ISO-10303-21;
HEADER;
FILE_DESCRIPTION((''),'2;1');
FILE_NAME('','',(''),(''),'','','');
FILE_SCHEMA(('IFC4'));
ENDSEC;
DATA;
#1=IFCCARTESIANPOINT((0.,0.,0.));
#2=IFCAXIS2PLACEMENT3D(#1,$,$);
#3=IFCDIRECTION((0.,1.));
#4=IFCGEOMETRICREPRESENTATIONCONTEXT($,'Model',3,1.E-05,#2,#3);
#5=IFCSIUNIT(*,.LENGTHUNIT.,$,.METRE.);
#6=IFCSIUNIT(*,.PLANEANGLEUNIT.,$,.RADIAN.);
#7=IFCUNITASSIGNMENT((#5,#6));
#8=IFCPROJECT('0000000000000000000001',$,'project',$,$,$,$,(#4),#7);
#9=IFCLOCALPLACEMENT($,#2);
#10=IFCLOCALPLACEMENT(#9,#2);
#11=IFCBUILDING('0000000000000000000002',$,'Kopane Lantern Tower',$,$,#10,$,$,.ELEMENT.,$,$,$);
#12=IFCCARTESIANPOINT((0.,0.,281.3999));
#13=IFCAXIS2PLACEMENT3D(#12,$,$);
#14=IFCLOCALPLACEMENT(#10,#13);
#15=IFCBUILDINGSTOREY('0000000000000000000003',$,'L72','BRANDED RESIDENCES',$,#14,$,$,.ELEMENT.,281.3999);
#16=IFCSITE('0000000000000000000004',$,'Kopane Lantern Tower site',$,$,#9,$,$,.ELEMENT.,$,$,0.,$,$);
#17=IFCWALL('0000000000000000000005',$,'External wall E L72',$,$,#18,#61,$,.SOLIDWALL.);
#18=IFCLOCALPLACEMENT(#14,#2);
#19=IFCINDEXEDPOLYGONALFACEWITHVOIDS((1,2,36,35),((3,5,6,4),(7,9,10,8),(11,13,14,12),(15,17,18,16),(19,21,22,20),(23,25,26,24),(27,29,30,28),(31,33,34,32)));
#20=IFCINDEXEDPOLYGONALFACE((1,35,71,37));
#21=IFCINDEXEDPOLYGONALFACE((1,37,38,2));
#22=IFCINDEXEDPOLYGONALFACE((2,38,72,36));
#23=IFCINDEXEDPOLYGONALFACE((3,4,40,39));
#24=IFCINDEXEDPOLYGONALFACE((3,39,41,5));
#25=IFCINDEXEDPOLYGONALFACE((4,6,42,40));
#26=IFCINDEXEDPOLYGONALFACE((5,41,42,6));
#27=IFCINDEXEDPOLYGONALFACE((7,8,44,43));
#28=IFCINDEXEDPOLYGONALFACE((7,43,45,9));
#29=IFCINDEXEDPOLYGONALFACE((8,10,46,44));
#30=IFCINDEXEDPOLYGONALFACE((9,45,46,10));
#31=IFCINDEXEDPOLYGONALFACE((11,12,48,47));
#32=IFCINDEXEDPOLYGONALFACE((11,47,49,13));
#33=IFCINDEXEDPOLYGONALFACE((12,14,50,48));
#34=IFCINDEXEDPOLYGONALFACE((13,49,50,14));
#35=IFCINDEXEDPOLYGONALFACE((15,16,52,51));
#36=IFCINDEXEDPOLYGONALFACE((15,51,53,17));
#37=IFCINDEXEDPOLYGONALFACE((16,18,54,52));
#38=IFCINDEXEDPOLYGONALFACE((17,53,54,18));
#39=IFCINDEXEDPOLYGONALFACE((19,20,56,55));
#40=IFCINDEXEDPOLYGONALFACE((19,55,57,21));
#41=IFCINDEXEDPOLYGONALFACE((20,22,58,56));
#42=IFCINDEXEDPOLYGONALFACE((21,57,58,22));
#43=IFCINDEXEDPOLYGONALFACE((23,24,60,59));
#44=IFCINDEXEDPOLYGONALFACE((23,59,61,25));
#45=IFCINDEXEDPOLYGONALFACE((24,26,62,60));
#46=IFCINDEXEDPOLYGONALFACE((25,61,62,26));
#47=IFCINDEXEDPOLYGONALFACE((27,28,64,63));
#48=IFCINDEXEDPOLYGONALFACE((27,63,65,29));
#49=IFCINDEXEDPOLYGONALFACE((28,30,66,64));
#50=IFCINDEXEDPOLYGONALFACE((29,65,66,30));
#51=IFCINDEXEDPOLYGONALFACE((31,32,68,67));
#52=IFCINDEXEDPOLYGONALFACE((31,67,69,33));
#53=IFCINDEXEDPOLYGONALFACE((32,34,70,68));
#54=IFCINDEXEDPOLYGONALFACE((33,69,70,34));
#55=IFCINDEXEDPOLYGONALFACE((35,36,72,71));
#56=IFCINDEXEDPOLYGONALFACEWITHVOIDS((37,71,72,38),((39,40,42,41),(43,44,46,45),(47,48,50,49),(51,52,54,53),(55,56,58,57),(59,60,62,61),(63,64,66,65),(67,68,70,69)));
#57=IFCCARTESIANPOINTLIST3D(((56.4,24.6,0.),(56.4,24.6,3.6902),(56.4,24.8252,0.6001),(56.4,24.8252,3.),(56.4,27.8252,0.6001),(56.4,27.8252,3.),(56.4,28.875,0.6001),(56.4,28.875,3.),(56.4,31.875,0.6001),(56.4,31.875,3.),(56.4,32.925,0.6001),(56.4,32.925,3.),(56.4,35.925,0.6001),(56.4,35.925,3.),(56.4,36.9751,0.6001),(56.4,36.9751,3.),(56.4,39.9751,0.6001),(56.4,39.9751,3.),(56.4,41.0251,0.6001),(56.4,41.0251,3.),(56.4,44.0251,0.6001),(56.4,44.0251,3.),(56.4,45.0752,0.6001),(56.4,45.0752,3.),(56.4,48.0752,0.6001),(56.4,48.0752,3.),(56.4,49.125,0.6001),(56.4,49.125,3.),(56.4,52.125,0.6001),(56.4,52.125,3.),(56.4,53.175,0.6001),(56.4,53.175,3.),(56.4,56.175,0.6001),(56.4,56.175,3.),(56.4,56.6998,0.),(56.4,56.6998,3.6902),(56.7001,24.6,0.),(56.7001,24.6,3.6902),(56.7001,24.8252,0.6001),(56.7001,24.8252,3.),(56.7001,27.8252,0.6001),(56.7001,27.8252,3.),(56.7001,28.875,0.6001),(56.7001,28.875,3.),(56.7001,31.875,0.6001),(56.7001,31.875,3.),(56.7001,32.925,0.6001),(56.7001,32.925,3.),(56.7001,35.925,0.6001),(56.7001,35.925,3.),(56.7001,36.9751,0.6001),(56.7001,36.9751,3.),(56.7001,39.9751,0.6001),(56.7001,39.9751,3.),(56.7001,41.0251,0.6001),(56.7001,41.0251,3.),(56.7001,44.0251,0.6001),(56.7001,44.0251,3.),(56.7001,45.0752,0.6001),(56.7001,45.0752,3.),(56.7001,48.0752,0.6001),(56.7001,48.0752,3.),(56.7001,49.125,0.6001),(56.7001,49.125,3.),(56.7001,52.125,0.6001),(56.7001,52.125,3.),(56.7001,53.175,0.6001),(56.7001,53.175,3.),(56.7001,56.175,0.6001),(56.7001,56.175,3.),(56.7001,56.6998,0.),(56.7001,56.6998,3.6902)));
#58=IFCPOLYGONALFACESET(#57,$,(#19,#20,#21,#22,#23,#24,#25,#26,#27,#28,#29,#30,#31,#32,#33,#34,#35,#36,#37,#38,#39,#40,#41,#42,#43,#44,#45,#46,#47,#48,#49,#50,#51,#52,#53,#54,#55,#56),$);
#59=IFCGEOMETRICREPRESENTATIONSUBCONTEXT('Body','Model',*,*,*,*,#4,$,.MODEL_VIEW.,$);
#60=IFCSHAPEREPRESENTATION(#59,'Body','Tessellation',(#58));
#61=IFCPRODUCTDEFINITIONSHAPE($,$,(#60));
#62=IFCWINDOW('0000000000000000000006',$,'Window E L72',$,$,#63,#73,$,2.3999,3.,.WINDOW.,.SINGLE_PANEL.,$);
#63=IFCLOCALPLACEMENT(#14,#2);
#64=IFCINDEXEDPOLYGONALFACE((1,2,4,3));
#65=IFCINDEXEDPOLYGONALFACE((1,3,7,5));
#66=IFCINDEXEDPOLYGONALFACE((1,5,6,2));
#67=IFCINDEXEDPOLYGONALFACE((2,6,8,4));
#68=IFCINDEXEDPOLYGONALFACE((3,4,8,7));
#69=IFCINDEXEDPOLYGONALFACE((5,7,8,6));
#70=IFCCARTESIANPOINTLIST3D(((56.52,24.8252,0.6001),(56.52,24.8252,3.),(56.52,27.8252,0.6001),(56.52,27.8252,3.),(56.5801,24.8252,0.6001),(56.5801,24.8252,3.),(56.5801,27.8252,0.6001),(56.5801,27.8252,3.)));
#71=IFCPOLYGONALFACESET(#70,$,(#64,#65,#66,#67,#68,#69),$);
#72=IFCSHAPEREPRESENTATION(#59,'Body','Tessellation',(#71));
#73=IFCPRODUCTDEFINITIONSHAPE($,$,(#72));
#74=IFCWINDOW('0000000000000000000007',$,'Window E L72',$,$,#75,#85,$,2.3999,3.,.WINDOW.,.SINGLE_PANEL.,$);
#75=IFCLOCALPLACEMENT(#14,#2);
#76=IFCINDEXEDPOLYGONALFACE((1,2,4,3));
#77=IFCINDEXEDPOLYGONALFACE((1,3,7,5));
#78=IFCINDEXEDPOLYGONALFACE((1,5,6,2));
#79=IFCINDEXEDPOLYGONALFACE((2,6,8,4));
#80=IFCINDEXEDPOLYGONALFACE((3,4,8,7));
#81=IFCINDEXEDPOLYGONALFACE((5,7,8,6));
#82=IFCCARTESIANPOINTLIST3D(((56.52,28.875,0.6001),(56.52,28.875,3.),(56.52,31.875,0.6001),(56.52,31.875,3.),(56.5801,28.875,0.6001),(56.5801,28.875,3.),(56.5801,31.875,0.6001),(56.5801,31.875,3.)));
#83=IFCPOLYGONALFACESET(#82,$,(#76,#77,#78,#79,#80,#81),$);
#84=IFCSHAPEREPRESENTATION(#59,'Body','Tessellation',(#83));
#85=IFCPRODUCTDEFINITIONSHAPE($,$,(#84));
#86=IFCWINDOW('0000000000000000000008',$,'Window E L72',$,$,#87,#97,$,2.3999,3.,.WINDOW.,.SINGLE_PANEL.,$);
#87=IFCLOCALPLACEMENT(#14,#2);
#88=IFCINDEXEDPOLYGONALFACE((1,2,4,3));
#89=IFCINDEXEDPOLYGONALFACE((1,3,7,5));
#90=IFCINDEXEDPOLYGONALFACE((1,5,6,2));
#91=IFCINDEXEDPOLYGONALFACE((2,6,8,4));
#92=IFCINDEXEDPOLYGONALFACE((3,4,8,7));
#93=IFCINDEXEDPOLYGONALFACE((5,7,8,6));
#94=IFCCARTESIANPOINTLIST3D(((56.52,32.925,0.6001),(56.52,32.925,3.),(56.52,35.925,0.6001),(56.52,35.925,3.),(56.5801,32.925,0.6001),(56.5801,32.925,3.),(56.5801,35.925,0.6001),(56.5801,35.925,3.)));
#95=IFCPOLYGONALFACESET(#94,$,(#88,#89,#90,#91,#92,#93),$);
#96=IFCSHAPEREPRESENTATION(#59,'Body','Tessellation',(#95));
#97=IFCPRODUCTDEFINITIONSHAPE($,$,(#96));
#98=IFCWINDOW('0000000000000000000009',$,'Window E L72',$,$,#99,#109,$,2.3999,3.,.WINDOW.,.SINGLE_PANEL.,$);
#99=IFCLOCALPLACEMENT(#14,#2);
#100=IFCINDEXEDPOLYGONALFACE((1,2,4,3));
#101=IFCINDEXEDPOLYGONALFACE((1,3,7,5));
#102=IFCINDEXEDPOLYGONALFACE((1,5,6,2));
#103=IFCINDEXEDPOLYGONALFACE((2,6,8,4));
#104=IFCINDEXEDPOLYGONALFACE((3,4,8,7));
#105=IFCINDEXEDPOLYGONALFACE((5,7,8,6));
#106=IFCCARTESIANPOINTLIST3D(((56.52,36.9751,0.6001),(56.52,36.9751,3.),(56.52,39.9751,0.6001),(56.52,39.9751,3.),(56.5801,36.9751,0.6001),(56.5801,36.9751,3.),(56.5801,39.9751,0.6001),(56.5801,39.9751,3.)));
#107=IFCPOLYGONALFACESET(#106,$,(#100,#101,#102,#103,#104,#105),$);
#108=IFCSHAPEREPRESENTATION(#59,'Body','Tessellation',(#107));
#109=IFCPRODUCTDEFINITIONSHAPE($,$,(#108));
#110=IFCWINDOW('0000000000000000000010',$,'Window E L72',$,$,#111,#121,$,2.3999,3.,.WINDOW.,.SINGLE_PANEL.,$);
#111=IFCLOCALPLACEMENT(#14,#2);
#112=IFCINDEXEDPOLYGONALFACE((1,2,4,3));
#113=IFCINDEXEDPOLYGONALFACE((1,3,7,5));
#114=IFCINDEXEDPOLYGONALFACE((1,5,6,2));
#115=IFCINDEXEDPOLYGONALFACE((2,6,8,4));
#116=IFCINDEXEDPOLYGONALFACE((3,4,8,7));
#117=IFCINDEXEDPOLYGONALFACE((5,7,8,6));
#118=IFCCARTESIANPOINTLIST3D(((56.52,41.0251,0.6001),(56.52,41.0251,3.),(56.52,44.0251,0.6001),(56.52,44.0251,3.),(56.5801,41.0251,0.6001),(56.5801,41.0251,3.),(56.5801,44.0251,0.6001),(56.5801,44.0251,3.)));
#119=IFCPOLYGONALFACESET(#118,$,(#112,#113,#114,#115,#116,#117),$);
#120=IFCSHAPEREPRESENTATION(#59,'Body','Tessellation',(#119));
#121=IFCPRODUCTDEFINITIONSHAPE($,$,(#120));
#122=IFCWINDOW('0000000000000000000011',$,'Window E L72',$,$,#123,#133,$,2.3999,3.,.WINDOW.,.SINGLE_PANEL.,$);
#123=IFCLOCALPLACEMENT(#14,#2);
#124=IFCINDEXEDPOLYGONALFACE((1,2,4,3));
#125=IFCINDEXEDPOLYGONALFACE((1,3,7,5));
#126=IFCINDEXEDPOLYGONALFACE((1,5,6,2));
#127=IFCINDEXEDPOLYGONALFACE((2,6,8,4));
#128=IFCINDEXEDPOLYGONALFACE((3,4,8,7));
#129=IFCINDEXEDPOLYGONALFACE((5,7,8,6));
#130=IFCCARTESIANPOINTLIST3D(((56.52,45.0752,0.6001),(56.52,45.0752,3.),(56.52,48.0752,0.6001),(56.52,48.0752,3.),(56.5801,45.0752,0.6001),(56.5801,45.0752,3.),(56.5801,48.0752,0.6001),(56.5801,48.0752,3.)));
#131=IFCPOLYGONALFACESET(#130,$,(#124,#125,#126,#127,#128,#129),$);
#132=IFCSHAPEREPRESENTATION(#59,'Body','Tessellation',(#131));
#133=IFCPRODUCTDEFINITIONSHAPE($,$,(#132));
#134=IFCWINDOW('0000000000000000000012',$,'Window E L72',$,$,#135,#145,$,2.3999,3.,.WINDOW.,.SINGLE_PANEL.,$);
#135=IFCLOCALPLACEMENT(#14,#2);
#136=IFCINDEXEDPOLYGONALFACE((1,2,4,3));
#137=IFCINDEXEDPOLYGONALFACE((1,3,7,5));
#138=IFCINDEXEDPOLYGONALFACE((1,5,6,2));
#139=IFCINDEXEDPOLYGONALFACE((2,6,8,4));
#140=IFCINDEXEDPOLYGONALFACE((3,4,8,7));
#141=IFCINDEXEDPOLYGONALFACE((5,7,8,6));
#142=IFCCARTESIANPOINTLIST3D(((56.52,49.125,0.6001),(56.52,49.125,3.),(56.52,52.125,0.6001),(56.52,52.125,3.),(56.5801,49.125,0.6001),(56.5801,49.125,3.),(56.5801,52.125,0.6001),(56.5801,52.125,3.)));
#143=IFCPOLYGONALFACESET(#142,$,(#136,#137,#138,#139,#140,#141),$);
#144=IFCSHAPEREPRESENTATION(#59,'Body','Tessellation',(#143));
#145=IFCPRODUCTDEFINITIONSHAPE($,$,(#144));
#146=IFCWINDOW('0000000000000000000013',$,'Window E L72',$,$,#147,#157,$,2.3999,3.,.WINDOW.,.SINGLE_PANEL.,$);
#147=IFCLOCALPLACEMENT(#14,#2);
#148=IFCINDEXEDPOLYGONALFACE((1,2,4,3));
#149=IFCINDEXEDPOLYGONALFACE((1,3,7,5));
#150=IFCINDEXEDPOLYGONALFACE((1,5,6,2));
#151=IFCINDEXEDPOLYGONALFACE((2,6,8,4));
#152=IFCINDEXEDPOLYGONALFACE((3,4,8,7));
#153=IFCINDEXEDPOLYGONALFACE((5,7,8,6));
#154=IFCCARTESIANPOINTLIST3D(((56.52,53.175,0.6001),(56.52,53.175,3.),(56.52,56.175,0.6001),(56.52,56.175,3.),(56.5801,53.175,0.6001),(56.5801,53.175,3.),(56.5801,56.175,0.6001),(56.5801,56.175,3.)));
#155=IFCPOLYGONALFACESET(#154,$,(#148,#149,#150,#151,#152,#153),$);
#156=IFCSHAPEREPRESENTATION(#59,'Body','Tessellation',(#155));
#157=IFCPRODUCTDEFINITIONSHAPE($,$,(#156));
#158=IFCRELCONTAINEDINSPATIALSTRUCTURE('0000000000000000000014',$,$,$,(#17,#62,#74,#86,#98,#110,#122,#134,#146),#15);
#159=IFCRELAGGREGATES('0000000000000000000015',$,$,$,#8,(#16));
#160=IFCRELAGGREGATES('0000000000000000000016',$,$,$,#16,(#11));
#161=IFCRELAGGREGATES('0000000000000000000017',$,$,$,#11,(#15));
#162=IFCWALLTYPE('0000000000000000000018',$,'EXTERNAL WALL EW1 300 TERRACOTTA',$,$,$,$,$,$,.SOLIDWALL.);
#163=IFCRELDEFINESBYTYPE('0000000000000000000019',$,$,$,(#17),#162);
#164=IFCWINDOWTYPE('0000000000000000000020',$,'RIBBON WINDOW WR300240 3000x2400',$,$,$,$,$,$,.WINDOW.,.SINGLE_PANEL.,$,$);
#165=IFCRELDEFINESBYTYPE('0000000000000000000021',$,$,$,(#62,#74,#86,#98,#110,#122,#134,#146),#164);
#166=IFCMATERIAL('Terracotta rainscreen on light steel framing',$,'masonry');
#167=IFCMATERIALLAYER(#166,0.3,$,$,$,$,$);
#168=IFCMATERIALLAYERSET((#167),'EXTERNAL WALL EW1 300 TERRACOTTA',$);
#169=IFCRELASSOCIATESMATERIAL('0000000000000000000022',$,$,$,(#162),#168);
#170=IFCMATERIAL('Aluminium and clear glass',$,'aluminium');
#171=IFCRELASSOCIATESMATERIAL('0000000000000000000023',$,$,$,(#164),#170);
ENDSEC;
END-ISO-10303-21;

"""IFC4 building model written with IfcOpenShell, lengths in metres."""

from ifc_helpers import new_model, si_unit, direction, frame, frame_2d, origin, place, context, subcontext, project, spatial, rectangle, extrude, material, layer, layer_set, type_object, element, fill, save


model = new_model("IFC4")

# Units and contexts
model_context = context("Model", 3, precision=1e-05, world=origin(), true_north=direction((0.0, 1.0)))
body_context = subcontext(model_context, "Body", "Model", "MODEL_VIEW")
ifc_project = project(units=[si_unit("LENGTHUNIT", "METRE"), si_unit("PLANEANGLEUNIT", "RADIAN")], contexts=[model_context])

# Site, building, storey
site_placement = place(None, origin())
site = spatial("IfcSite", under=ifc_project, at=site_placement, Name="Kopane Lantern Tower site", CompositionType="ELEMENT", RefElevation=0.0)
building_placement = place(site_placement, origin())
building = spatial("IfcBuilding", under=site, at=building_placement, Name="Kopane Lantern Tower", CompositionType="ELEMENT")
storey_placement = place(building_placement, frame((0.0, 0.0, 281.3999)))
storey = spatial("IfcBuildingStorey", under=building, at=storey_placement, Name="L72", Description="BRANDED RESIDENCES", CompositionType="ELEMENT", Elevation=281.3999)

# Shared definitions
ifc_material_1 = material(Name="Terracotta rainscreen on light steel framing", Category="masonry")
ifc_layer_1 = layer(ifc_material_1, 0.3)
ifc_layer_set_1 = layer_set([ifc_layer_1], Name="EXTERNAL WALL EW1 300 TERRACOTTA")
wall_type_1 = type_object("IfcWallType", Name="EXTERNAL WALL EW1 300 TERRACOTTA", PredefinedType="SOLIDWALL", material=ifc_layer_set_1)

# Wall, openings, windows
wall_1_placement = place(storey_placement, frame((56.55, 24.6001, 0.0), z_axis=(0.0, 0.0, 1.0), x_axis=(0.0, 1.0, 0.0)))
wall_1 = element("IfcWall", 1, at=wall_1_placement, inside=storey, type_object=wall_type_1, Name="External wall E L72", PredefinedType="SOLIDWALL", context=body_context, shape_type="SweptSolid", body=[
    extrude(rectangle(XDim=32.0999, YDim=0.3, at=frame_2d((16.0498, 0.0))), origin(), (0.0, 0.0, 1.0), 3.6902),
])
opening_1_placement = place(wall_1_placement, frame((0.2251, 0.0, 0.6001)))
opening_1 = element("IfcOpeningElement", 2, at=opening_1_placement, cuts=wall_1, PredefinedType="OPENING", context=body_context, shape_type="SweptSolid", body=[
    extrude(rectangle(XDim=3.0, YDim=2.3999, at=frame_2d((1.5, 1.2))), frame((0.0, 0.1599, 0.0), z_axis=(0.0, -1.0, 0.0), x_axis=(1.0, 0.0, 0.0)), (0.0, 0.0, 1.0), 0.3201),
])
opening_2_placement = place(wall_1_placement, frame((4.2749, 0.0, 0.6001)))
opening_2 = element("IfcOpeningElement", 3, at=opening_2_placement, cuts=wall_1, PredefinedType="OPENING", context=body_context, shape_type="SweptSolid", body=[
    extrude(rectangle(XDim=3.0, YDim=2.3999, at=frame_2d((1.5, 1.2))), frame((0.0, 0.1599, 0.0), z_axis=(0.0, -1.0, 0.0), x_axis=(1.0, 0.0, 0.0)), (0.0, 0.0, 1.0), 0.3201),
])
opening_3_placement = place(wall_1_placement, frame((8.325, 0.0, 0.6001)))
opening_3 = element("IfcOpeningElement", 4, at=opening_3_placement, cuts=wall_1, PredefinedType="OPENING", context=body_context, shape_type="SweptSolid", body=[
    extrude(rectangle(XDim=3.0, YDim=2.3999, at=frame_2d((1.5, 1.2))), frame((0.0, 0.1599, 0.0), z_axis=(0.0, -1.0, 0.0), x_axis=(1.0, 0.0, 0.0)), (0.0, 0.0, 1.0), 0.3201),
])
opening_4_placement = place(wall_1_placement, frame((12.375, 0.0, 0.6001)))
opening_4 = element("IfcOpeningElement", 5, at=opening_4_placement, cuts=wall_1, PredefinedType="OPENING", context=body_context, shape_type="SweptSolid", body=[
    extrude(rectangle(XDim=3.0, YDim=2.3999, at=frame_2d((1.5, 1.2))), frame((0.0, 0.1599, 0.0), z_axis=(0.0, -1.0, 0.0), x_axis=(1.0, 0.0, 0.0)), (0.0, 0.0, 1.0), 0.3201),
])
opening_5_placement = place(wall_1_placement, frame((16.425, 0.0, 0.6001)))
opening_5 = element("IfcOpeningElement", 6, at=opening_5_placement, cuts=wall_1, PredefinedType="OPENING", context=body_context, shape_type="SweptSolid", body=[
    extrude(rectangle(XDim=3.0, YDim=2.3999, at=frame_2d((1.5, 1.2))), frame((0.0, 0.1599, 0.0), z_axis=(0.0, -1.0, 0.0), x_axis=(1.0, 0.0, 0.0)), (0.0, 0.0, 1.0), 0.3201),
])
opening_6_placement = place(wall_1_placement, frame((20.4751, 0.0, 0.6001)))
opening_6 = element("IfcOpeningElement", 7, at=opening_6_placement, cuts=wall_1, PredefinedType="OPENING", context=body_context, shape_type="SweptSolid", body=[
    extrude(rectangle(XDim=3.0, YDim=2.3999, at=frame_2d((1.5, 1.2))), frame((0.0, 0.1599, 0.0), z_axis=(0.0, -1.0, 0.0), x_axis=(1.0, 0.0, 0.0)), (0.0, 0.0, 1.0), 0.3201),
])
opening_7_placement = place(wall_1_placement, frame((24.5249, 0.0, 0.6001)))
opening_7 = element("IfcOpeningElement", 8, at=opening_7_placement, cuts=wall_1, PredefinedType="OPENING", context=body_context, shape_type="SweptSolid", body=[
    extrude(rectangle(XDim=3.0, YDim=2.3999, at=frame_2d((1.5, 1.2))), frame((0.0, 0.1599, 0.0), z_axis=(0.0, -1.0, 0.0), x_axis=(1.0, 0.0, 0.0)), (0.0, 0.0, 1.0), 0.3201),
])
opening_8_placement = place(wall_1_placement, frame((28.575, 0.0, 0.6001)))
opening_8 = element("IfcOpeningElement", 9, at=opening_8_placement, cuts=wall_1, PredefinedType="OPENING", context=body_context, shape_type="SweptSolid", body=[
    extrude(rectangle(XDim=3.0, YDim=2.3999, at=frame_2d((1.5, 1.2))), frame((0.0, 0.1599, 0.0), z_axis=(0.0, -1.0, 0.0), x_axis=(1.0, 0.0, 0.0)), (0.0, 0.0, 1.0), 0.3201),
])
ifc_material_2 = material(Name="Aluminium and clear glass", Category="aluminium")
window_type_1 = type_object("IfcWindowType", Name="RIBBON WINDOW WR300240 3000x2400", PartitioningType="SINGLE_PANEL", PredefinedType="WINDOW", material=ifc_material_2)
window_1_placement = place(opening_1_placement, origin())
window_1 = element("IfcWindow", 10, at=window_1_placement, inside=storey, type_object=window_type_1, Name="Window E L72", OverallHeight=2.3999, OverallWidth=3.0, PartitioningType="SINGLE_PANEL", PredefinedType="WINDOW", context=body_context, shape_type="SweptSolid", body=[
    extrude(rectangle(XDim=3.0, YDim=2.3999, at=frame_2d((1.5, 1.2))), frame((0.0, 0.03, 0.0), z_axis=(0.0, -1.0, 0.0), x_axis=(1.0, 0.0, 0.0)), (0.0, 0.0, 1.0), 0.0601),
])
fill(opening_1, window_1)
window_2_placement = place(opening_2_placement, origin())
window_2 = element("IfcWindow", 11, at=window_2_placement, inside=storey, type_object=window_type_1, Name="Window E L72", OverallHeight=2.3999, OverallWidth=3.0, PartitioningType="SINGLE_PANEL", PredefinedType="WINDOW", context=body_context, shape_type="SweptSolid", body=[
    extrude(rectangle(XDim=3.0, YDim=2.3999, at=frame_2d((1.5, 1.2))), frame((0.0, 0.03, 0.0), z_axis=(0.0, -1.0, 0.0), x_axis=(1.0, 0.0, 0.0)), (0.0, 0.0, 1.0), 0.0601),
])
fill(opening_2, window_2)
window_3_placement = place(opening_3_placement, origin())
window_3 = element("IfcWindow", 12, at=window_3_placement, inside=storey, type_object=window_type_1, Name="Window E L72", OverallHeight=2.3999, OverallWidth=3.0, PartitioningType="SINGLE_PANEL", PredefinedType="WINDOW", context=body_context, shape_type="SweptSolid", body=[
    extrude(rectangle(XDim=3.0, YDim=2.3999, at=frame_2d((1.5, 1.2))), frame((0.0, 0.03, 0.0), z_axis=(0.0, -1.0, 0.0), x_axis=(1.0, 0.0, 0.0)), (0.0, 0.0, 1.0), 0.0601),
])
fill(opening_3, window_3)
window_4_placement = place(opening_4_placement, origin())
window_4 = element("IfcWindow", 13, at=window_4_placement, inside=storey, type_object=window_type_1, Name="Window E L72", OverallHeight=2.3999, OverallWidth=3.0, PartitioningType="SINGLE_PANEL", PredefinedType="WINDOW", context=body_context, shape_type="SweptSolid", body=[
    extrude(rectangle(XDim=3.0, YDim=2.3999, at=frame_2d((1.5, 1.2))), frame((0.0, 0.03, 0.0), z_axis=(0.0, -1.0, 0.0), x_axis=(1.0, 0.0, 0.0)), (0.0, 0.0, 1.0), 0.0601),
])
fill(opening_4, window_4)
window_5_placement = place(opening_5_placement, origin())
window_5 = element("IfcWindow", 14, at=window_5_placement, inside=storey, type_object=window_type_1, Name="Window E L72", OverallHeight=2.3999, OverallWidth=3.0, PartitioningType="SINGLE_PANEL", PredefinedType="WINDOW", context=body_context, shape_type="SweptSolid", body=[
    extrude(rectangle(XDim=3.0, YDim=2.3999, at=frame_2d((1.5, 1.2))), frame((0.0, 0.03, 0.0), z_axis=(0.0, -1.0, 0.0), x_axis=(1.0, 0.0, 0.0)), (0.0, 0.0, 1.0), 0.0601),
])
fill(opening_5, window_5)
window_6_placement = place(opening_6_placement, origin())
window_6 = element("IfcWindow", 15, at=window_6_placement, inside=storey, type_object=window_type_1, Name="Window E L72", OverallHeight=2.3999, OverallWidth=3.0, PartitioningType="SINGLE_PANEL", PredefinedType="WINDOW", context=body_context, shape_type="SweptSolid", body=[
    extrude(rectangle(XDim=3.0, YDim=2.3999, at=frame_2d((1.5, 1.2))), frame((0.0, 0.03, 0.0), z_axis=(0.0, -1.0, 0.0), x_axis=(1.0, 0.0, 0.0)), (0.0, 0.0, 1.0), 0.0601),
])
fill(opening_6, window_6)
window_7_placement = place(opening_7_placement, origin())
window_7 = element("IfcWindow", 16, at=window_7_placement, inside=storey, type_object=window_type_1, Name="Window E L72", OverallHeight=2.3999, OverallWidth=3.0, PartitioningType="SINGLE_PANEL", PredefinedType="WINDOW", context=body_context, shape_type="SweptSolid", body=[
    extrude(rectangle(XDim=3.0, YDim=2.3999, at=frame_2d((1.5, 1.2))), frame((0.0, 0.03, 0.0), z_axis=(0.0, -1.0, 0.0), x_axis=(1.0, 0.0, 0.0)), (0.0, 0.0, 1.0), 0.0601),
])
fill(opening_7, window_7)
window_8_placement = place(opening_8_placement, origin())
window_8 = element("IfcWindow", 17, at=window_8_placement, inside=storey, type_object=window_type_1, Name="Window E L72", OverallHeight=2.3999, OverallWidth=3.0, PartitioningType="SINGLE_PANEL", PredefinedType="WINDOW", context=body_context, shape_type="SweptSolid", body=[
    extrude(rectangle(XDim=3.0, YDim=2.3999, at=frame_2d((1.5, 1.2))), frame((0.0, 0.03, 0.0), z_axis=(0.0, -1.0, 0.0), x_axis=(1.0, 0.0, 0.0)), (0.0, 0.0, 1.0), 0.0601),
])
fill(opening_8, window_8)

save(model, "model.ifc")
